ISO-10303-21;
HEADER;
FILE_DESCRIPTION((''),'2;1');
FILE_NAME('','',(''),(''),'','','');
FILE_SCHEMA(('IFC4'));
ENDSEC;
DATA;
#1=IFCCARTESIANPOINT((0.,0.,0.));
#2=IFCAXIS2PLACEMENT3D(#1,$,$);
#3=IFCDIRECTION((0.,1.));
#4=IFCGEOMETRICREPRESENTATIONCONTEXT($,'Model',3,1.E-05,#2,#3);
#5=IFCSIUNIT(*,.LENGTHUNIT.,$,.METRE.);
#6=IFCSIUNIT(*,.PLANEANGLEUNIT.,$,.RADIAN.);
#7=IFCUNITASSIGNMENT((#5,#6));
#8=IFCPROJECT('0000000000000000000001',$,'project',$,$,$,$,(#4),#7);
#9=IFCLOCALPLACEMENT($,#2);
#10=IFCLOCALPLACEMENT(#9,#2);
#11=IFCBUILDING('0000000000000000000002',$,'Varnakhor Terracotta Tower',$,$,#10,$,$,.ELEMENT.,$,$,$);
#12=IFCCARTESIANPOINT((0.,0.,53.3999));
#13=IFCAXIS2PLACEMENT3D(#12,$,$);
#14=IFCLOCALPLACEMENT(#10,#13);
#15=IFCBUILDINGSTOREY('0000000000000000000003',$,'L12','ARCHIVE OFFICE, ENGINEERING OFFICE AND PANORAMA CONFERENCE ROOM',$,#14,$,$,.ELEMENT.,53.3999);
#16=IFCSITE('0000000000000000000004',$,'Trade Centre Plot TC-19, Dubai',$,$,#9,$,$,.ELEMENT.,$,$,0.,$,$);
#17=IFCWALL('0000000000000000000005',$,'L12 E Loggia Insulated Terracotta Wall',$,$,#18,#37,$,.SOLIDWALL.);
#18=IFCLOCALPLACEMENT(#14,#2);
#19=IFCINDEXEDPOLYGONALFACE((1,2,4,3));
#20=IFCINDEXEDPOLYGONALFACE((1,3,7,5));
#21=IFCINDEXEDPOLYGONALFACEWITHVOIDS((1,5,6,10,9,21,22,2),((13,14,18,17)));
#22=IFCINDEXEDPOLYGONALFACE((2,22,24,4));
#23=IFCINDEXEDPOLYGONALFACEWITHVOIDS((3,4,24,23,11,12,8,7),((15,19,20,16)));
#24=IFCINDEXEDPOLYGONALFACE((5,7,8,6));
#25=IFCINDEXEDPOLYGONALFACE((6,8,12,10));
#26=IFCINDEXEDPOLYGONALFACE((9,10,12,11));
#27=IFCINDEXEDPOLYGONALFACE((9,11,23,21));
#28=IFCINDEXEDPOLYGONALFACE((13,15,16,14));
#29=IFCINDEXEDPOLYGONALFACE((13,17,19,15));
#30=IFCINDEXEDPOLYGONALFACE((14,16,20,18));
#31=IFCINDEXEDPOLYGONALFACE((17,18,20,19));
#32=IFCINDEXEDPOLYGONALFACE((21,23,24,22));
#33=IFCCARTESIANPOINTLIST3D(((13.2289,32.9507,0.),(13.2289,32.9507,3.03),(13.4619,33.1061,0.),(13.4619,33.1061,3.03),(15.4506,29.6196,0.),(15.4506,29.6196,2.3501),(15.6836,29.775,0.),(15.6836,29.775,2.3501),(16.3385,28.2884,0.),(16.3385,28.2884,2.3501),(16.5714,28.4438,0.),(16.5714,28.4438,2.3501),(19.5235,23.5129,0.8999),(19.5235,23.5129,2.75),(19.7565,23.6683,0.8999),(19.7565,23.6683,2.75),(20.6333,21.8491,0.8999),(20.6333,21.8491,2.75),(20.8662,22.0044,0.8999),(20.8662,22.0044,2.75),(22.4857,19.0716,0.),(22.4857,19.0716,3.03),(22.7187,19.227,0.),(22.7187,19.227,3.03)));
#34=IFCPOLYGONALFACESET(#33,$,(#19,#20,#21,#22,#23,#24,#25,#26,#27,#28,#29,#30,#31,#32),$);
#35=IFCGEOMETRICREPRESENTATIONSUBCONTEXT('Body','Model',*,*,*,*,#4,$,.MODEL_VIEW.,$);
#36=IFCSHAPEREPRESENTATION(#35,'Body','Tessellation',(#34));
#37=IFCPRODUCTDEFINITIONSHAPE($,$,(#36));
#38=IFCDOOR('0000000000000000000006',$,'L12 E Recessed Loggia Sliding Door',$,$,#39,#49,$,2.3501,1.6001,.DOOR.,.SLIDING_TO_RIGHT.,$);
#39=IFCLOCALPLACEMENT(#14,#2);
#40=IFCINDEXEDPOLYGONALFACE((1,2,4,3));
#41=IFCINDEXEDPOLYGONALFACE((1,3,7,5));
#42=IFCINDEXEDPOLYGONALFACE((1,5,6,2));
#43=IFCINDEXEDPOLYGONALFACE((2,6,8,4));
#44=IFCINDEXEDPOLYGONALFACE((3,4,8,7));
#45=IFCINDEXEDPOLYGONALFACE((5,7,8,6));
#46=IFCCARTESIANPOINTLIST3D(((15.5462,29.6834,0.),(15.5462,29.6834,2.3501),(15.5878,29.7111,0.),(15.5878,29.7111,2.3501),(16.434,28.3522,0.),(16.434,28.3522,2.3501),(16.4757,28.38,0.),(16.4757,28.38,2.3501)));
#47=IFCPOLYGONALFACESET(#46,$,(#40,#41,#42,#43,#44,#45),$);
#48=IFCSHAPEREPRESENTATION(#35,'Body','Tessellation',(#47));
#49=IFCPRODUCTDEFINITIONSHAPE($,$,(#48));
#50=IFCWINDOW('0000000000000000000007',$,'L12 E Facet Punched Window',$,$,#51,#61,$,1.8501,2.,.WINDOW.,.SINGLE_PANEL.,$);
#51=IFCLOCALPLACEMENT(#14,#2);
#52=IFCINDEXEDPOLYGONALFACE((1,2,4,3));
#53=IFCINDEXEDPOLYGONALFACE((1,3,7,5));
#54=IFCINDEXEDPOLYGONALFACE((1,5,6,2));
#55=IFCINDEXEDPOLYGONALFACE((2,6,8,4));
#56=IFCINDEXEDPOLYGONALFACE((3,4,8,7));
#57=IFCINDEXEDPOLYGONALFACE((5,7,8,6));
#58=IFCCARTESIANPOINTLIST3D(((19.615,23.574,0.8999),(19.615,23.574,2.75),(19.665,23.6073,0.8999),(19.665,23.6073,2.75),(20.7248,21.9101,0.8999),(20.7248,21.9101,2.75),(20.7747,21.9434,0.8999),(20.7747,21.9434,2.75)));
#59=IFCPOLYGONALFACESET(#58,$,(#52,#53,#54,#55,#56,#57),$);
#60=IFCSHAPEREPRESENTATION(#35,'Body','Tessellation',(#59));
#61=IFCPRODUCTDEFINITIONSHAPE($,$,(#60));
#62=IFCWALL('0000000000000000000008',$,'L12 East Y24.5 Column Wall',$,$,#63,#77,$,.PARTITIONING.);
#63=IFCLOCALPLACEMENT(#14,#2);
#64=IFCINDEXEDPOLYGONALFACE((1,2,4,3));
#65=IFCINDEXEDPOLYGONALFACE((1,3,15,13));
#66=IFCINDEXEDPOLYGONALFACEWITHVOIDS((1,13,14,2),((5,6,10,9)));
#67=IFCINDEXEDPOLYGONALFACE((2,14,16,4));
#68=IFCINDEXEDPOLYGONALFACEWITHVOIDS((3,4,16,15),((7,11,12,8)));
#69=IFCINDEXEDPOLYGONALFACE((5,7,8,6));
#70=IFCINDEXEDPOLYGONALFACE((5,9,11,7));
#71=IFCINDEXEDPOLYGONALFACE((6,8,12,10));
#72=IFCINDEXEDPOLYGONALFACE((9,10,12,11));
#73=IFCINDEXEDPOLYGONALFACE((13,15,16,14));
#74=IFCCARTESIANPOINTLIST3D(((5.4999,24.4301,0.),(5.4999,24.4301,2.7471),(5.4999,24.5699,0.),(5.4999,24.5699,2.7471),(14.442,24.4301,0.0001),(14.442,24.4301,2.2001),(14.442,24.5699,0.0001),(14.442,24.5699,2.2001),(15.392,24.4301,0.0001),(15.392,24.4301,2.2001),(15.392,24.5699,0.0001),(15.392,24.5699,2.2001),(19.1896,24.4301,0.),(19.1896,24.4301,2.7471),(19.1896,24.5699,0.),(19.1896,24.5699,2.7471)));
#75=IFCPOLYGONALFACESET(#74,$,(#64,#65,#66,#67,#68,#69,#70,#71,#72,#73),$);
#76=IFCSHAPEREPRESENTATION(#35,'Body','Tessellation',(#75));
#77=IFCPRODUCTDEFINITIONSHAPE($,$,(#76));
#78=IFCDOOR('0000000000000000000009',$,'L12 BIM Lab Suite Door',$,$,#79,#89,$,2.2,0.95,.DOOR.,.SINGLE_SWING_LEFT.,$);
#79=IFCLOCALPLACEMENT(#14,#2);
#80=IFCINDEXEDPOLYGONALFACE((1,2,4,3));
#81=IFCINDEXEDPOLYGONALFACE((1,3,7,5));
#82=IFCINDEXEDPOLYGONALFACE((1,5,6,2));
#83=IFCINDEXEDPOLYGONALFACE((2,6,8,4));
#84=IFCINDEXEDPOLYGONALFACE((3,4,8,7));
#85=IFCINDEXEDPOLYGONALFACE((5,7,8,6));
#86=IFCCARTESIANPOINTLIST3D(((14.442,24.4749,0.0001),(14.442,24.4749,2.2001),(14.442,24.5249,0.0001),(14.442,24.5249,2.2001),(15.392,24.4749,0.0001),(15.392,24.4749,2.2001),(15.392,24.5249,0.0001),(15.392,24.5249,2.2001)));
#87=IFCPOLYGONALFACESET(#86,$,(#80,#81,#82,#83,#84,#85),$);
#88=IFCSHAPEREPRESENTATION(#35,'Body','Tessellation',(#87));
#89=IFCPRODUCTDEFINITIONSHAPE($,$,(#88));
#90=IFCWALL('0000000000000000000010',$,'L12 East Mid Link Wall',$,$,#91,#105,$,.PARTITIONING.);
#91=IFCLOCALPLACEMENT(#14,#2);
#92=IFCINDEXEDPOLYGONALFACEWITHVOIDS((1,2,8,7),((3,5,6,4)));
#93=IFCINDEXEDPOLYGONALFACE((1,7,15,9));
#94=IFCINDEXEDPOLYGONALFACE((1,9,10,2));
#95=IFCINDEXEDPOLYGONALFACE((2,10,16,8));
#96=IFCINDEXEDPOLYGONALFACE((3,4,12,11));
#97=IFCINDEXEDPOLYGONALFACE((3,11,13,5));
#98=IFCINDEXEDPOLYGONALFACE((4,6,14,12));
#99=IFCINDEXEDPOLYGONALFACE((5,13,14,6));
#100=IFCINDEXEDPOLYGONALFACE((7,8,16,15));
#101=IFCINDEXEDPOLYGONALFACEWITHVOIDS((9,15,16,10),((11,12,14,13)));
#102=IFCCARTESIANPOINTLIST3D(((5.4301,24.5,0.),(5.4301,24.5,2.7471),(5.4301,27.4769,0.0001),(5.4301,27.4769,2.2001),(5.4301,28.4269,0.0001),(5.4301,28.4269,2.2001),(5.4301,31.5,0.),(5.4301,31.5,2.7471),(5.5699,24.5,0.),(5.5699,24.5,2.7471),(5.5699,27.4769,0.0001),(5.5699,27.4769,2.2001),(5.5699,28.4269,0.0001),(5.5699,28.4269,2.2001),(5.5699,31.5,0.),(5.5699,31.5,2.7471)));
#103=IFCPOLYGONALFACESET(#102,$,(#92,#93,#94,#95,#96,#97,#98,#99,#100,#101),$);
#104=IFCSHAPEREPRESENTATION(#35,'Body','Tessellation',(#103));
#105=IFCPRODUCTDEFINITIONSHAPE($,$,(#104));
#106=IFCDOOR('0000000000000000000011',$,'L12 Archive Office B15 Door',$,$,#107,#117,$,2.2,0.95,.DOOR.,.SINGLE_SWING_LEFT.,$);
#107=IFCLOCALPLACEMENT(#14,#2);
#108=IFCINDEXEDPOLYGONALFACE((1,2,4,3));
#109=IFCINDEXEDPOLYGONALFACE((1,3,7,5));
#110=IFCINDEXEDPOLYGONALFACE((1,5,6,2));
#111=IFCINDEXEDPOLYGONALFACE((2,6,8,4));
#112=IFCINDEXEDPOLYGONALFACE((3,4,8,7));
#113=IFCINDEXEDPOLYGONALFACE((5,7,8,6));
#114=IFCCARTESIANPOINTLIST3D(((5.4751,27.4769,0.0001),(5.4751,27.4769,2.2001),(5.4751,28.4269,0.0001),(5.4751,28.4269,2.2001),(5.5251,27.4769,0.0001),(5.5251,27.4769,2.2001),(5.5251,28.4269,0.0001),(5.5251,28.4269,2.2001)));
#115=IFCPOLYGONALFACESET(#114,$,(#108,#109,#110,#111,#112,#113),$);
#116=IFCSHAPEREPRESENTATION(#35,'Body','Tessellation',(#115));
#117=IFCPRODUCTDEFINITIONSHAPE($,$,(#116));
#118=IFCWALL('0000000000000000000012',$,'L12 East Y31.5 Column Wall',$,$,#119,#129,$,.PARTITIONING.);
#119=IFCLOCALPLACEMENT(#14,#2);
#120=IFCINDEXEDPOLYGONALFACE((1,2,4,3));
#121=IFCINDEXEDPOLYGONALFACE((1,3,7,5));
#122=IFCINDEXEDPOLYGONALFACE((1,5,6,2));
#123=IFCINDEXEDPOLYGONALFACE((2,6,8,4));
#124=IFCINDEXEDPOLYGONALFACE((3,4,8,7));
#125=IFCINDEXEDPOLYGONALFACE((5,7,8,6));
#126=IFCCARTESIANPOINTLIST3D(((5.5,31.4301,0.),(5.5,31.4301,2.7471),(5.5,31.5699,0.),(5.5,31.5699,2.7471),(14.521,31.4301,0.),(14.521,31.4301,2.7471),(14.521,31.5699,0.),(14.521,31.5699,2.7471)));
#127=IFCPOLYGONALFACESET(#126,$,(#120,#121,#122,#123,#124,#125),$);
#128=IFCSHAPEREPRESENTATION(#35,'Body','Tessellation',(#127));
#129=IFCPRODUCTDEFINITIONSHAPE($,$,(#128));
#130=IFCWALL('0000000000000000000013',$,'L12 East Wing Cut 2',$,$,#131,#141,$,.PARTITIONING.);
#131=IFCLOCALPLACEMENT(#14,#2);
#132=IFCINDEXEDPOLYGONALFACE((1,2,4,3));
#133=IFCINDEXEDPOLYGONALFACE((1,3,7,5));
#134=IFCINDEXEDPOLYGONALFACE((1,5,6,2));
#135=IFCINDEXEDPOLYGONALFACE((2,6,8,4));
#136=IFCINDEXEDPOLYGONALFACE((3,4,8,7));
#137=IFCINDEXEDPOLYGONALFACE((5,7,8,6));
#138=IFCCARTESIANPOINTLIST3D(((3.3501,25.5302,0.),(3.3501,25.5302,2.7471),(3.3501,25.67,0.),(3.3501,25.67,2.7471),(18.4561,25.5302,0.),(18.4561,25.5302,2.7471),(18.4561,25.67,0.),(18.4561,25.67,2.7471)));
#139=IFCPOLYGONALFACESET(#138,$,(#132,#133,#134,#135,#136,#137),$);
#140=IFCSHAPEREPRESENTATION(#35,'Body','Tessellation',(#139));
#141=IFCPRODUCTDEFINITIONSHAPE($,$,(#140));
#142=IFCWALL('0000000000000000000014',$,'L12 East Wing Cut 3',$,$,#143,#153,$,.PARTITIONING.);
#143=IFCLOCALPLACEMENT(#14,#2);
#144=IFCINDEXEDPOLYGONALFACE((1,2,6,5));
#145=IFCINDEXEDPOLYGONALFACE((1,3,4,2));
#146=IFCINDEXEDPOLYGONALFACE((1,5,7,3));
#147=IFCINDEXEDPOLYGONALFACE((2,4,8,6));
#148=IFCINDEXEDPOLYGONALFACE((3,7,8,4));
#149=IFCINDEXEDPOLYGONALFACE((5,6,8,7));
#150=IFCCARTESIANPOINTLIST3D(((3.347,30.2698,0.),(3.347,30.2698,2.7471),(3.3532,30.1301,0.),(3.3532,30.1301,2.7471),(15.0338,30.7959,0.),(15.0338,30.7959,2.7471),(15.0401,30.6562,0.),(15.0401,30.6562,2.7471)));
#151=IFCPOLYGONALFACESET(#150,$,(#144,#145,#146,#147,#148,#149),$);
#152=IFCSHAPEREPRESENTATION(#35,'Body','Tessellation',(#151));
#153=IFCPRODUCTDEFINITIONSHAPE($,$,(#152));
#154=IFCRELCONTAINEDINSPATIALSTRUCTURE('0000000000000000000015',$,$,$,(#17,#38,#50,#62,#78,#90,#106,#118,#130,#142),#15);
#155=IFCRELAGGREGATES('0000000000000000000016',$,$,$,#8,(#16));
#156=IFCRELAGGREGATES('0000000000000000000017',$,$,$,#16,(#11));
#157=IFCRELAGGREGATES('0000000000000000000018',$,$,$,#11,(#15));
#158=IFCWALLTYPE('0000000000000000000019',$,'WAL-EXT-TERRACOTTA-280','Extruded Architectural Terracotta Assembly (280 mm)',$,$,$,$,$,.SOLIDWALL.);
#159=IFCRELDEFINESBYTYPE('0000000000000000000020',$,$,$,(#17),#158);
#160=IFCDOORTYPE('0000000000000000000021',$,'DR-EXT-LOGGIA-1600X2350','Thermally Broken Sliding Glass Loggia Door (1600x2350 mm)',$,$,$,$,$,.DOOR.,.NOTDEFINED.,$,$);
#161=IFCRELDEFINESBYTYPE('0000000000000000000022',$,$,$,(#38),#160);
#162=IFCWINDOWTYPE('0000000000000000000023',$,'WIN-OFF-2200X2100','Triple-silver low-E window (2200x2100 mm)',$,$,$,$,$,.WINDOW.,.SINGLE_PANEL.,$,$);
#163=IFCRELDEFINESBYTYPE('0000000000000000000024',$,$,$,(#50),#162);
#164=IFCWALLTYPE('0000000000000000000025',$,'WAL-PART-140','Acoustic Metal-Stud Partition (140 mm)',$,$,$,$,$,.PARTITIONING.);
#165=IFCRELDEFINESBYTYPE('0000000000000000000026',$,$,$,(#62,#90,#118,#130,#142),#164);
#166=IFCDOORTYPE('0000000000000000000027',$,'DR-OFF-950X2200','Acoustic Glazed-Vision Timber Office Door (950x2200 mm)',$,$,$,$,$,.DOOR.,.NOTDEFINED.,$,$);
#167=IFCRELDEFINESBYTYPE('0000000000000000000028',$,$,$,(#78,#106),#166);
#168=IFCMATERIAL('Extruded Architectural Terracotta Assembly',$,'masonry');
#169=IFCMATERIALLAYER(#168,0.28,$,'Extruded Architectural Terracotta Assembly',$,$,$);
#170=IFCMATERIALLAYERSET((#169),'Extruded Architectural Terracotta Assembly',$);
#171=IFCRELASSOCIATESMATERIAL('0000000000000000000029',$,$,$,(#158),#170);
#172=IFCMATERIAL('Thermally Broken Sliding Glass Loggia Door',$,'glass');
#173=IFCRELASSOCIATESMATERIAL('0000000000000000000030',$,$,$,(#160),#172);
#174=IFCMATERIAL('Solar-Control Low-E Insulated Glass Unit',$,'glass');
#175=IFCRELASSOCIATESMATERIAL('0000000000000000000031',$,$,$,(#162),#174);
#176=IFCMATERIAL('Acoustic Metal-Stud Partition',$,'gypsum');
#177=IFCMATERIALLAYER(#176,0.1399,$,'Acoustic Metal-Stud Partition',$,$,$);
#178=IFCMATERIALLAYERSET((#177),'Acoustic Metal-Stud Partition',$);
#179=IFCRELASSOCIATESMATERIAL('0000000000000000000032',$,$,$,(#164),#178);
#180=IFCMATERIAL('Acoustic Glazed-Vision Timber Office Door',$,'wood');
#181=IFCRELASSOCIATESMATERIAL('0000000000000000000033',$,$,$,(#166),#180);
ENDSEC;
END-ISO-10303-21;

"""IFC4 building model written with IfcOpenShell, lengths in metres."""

from ifc_helpers import new_model, si_unit, direction, frame, frame_2d, origin, place, context, subcontext, project, spatial, rectangle, extrude, source, transform, mapped, material, layer, layer_set, type_object, type_shapes, element, fill, save


model = new_model("IFC4")

# Units and contexts
model_context = context("Model", 3, precision=1e-05, world=origin(), true_north=direction((0.0, 1.0)))
body_context = subcontext(model_context, "Body", "Model", "MODEL_VIEW")
ifc_project = project(units=[si_unit("LENGTHUNIT", "METRE"), si_unit("PLANEANGLEUNIT", "RADIAN")], contexts=[model_context])

# Site, building, storey
site_placement = place(None, origin())
site = spatial("IfcSite", under=ifc_project, at=site_placement, Name="Trade Centre Plot TC-19, Dubai", CompositionType="ELEMENT", RefElevation=0.0)
building_placement = place(site_placement, origin())
building = spatial("IfcBuilding", under=site, at=building_placement, Name="Varnakhor Terracotta Tower", CompositionType="ELEMENT")
storey_placement = place(building_placement, frame((0.0, 0.0, 53.3999)))
storey = spatial("IfcBuildingStorey", under=building, at=storey_placement, Name="L12", Description="ARCHIVE OFFICE, ENGINEERING OFFICE AND PANORAMA CONFERENCE ROOM", CompositionType="ELEMENT", Elevation=53.3999)

# Wall, openings, door, window
ifc_material_1 = material(Name="Extruded Architectural Terracotta Assembly", Category="masonry")
ifc_layer_1 = layer(ifc_material_1, 0.28, Name="Extruded Architectural Terracotta Assembly")
ifc_layer_set_1 = layer_set([ifc_layer_1], Name="Extruded Architectural Terracotta Assembly")
wall_type_1 = type_object("IfcWallType", Name="WAL-EXT-TERRACOTTA-280", Description="Extruded Architectural Terracotta Assembly (280 mm)", PredefinedType="SOLIDWALL", material=ifc_layer_set_1)
wall_1_placement = place(storey_placement, frame((13.3455, 33.0283, 0.0), z_axis=(0.0, 0.0, 1.0), x_axis=(0.554869, -0.831938, 0.0)))
wall_1 = element("IfcWall", 1, at=wall_1_placement, inside=storey, type_object=wall_type_1, Name="L12 E Loggia Insulated Terracotta Wall", PredefinedType="SOLIDWALL", context=body_context, shape_type="SweptSolid", body=[
    extrude(rectangle(XDim=16.6829, YDim=0.28, at=frame_2d((8.3413, 0.0))), origin(), (0.0, 0.0, 1.0), 3.03),
])
opening_1_placement = place(wall_1_placement, frame((4.0039, 0.0, 0.0)))
opening_1 = element("IfcOpeningElement", 2, at=opening_1_placement, cuts=wall_1, PredefinedType="OPENING", context=body_context, shape_type="SweptSolid", body=[
    extrude(rectangle(XDim=1.6001, YDim=2.3501, at=frame_2d((0.8, 1.175))), frame((0.0, 0.1499, 0.0), z_axis=(0.0, -1.0, 0.0), x_axis=(1.0, 0.0, 0.0)), (0.0, 0.0, 1.0), 0.3),
])
opening_2_placement = place(wall_1_placement, frame((11.3442, 0.0, 0.8999)))
opening_2 = element("IfcOpeningElement", 3, at=opening_2_placement, cuts=wall_1, PredefinedType="OPENING", context=body_context, shape_type="SweptSolid", body=[
    extrude(rectangle(XDim=2.0, YDim=1.8501, at=frame_2d((1.0, 0.925))), frame((0.0, 0.1499, 0.0), z_axis=(0.0, -1.0, 0.0), x_axis=(1.0, 0.0, 0.0)), (0.0, 0.0, 1.0), 0.3),
])
ifc_material_2 = material(Name="Thermally Broken Sliding Glass Loggia Door", Category="glass")
door_type_1 = type_object("IfcDoorType", Name="DR-EXT-LOGGIA-1600X2350", Description="Thermally Broken Sliding Glass Loggia Door (1600x2350 mm)", OperationType="NOTDEFINED", PredefinedType="DOOR", material=ifc_material_2)
shared_shape_1 = source(origin(), body_context, "Body", "SweptSolid", [
    extrude(rectangle(XDim=1.6001, YDim=2.3501, at=frame_2d((0.8, 1.175))), frame((0.0, 0.0249, 0.0), z_axis=(0.0, -1.0, 0.0), x_axis=(1.0, 0.0, 0.0)), (0.0, 0.0, 1.0), 0.05),
])
type_shapes(door_type_1, [shared_shape_1])
door_1_placement = place(opening_1_placement, origin())
door_1 = element("IfcDoor", 4, at=door_1_placement, inside=storey, type_object=door_type_1, Name="L12 E Recessed Loggia Sliding Door", OperationType="SLIDING_TO_RIGHT", OverallHeight=2.3501, OverallWidth=1.6001, PredefinedType="DOOR", context=body_context, shape_type="MappedRepresentation", body=[
    mapped(shared_shape_1, transform((0.0, 0.0, 0.0), scale=1.0)),
])
fill(opening_1, door_1)
ifc_material_3 = material(Name="Solar-Control Low-E Insulated Glass Unit", Category="glass")
window_type = type_object("IfcWindowType", Name="WIN-OFF-2200X2100", Description="Triple-silver low-E window (2200x2100 mm)", PartitioningType="SINGLE_PANEL", PredefinedType="WINDOW", material=ifc_material_3)
shared_shape_2 = source(origin(), body_context, "Body", "SweptSolid", [
    extrude(rectangle(XDim=2.0, YDim=1.8501, at=frame_2d((1.0, 0.925))), frame((0.0, 0.03, 0.0), z_axis=(0.0, -1.0, 0.0), x_axis=(1.0, 0.0, 0.0)), (0.0, 0.0, 1.0), 0.0601),
])
type_shapes(window_type, [shared_shape_2])
window_placement = place(opening_2_placement, origin())
window = element("IfcWindow", 5, at=window_placement, inside=storey, type_object=window_type, Name="L12 E Facet Punched Window", OverallHeight=1.8501, OverallWidth=2.0, PartitioningType="SINGLE_PANEL", PredefinedType="WINDOW", context=body_context, shape_type="MappedRepresentation", body=[
    mapped(shared_shape_2, transform((0.0, 0.0, 0.0), scale=1.0)),
])
fill(opening_2, window)

# Walls, openings, doors
ifc_material_4 = material(Name="Acoustic Metal-Stud Partition", Category="gypsum")
ifc_layer_2 = layer(ifc_material_4, 0.1399, Name="Acoustic Metal-Stud Partition")
ifc_layer_set_2 = layer_set([ifc_layer_2], Name="Acoustic Metal-Stud Partition")
wall_type_2 = type_object("IfcWallType", Name="WAL-PART-140", Description="Acoustic Metal-Stud Partition (140 mm)", PredefinedType="PARTITIONING", material=ifc_layer_set_2)
wall_2_placement = place(storey_placement, frame((5.5, 24.5, 0.0), z_axis=(0.0, 0.0, 1.0), x_axis=(1.0, 0.0, 0.0)))
wall_2 = element("IfcWall", 6, at=wall_2_placement, inside=storey, type_object=wall_type_2, Name="L12 East Y24.5 Column Wall", PredefinedType="PARTITIONING", context=body_context, shape_type="SweptSolid", body=[
    extrude(rectangle(XDim=13.6897, YDim=0.1399, at=frame_2d((6.8447, 0.0))), origin(), (0.0, 0.0, 1.0), 2.7471),
])
opening_3_placement = place(wall_2_placement, frame((8.9419, 0.0, 0.0)))
opening_3 = element("IfcOpeningElement", 7, at=opening_3_placement, cuts=wall_2, PredefinedType="OPENING", context=body_context, shape_type="SweptSolid", body=[
    extrude(rectangle(XDim=0.95, YDim=2.2, at=frame_2d((0.4751, 1.1001))), frame((0.0, 0.0801, 0.0), z_axis=(0.0, -1.0, 0.0), x_axis=(1.0, 0.0, 0.0)), (0.0, 0.0, 1.0), 0.1599),
])
ifc_material_5 = material(Name="Acoustic Glazed-Vision Timber Office Door", Category="wood")
door_type_2 = type_object("IfcDoorType", Name="DR-OFF-950X2200", Description="Acoustic Glazed-Vision Timber Office Door (950x2200 mm)", OperationType="NOTDEFINED", PredefinedType="DOOR", material=ifc_material_5)
shared_shape_3 = source(origin(), body_context, "Body", "SweptSolid", [
    extrude(rectangle(XDim=0.95, YDim=2.2, at=frame_2d((0.4751, 1.1001))), frame((0.0, 0.0249, 0.0), z_axis=(0.0, -1.0, 0.0), x_axis=(1.0, 0.0, 0.0)), (0.0, 0.0, 1.0), 0.05),
])
type_shapes(door_type_2, [shared_shape_3])
door_2_placement = place(opening_3_placement, origin())
door_2 = element("IfcDoor", 8, at=door_2_placement, inside=storey, type_object=door_type_2, Name="L12 BIM Lab Suite Door", OperationType="SINGLE_SWING_LEFT", OverallHeight=2.2, OverallWidth=0.95, PredefinedType="DOOR", context=body_context, shape_type="MappedRepresentation", body=[
    mapped(shared_shape_3, transform((0.0, 0.0, 0.0), scale=1.0)),
])
fill(opening_3, door_2)
wall_3_placement = place(storey_placement, frame((5.5, 24.5, 0.0), z_axis=(0.0, 0.0, 1.0), x_axis=(0.0, 1.0, 0.0)))
wall_3 = element("IfcWall", 9, at=wall_3_placement, inside=storey, type_object=wall_type_2, Name="L12 East Mid Link Wall", PredefinedType="PARTITIONING", context=body_context, shape_type="SweptSolid", body=[
    extrude(rectangle(XDim=7.0, YDim=0.1399, at=frame_2d((3.5, 0.0))), origin(), (0.0, 0.0, 1.0), 2.7471),
])
opening_4_placement = place(wall_3_placement, frame((2.9768, 0.0, 0.0)))
opening_4 = element("IfcOpeningElement", 10, at=opening_4_placement, cuts=wall_3, PredefinedType="OPENING", context=body_context, shape_type="SweptSolid", body=[
    extrude(rectangle(XDim=0.95, YDim=2.2, at=frame_2d((0.4751, 1.1001))), frame((0.0, 0.0801, 0.0), z_axis=(0.0, -1.0, 0.0), x_axis=(1.0, 0.0, 0.0)), (0.0, 0.0, 1.0), 0.1599),
])
door_3_placement = place(opening_4_placement, origin())
door_3 = element("IfcDoor", 11, at=door_3_placement, inside=storey, type_object=door_type_2, Name="L12 Archive Office B15 Door", OperationType="SINGLE_SWING_LEFT", OverallHeight=2.2, OverallWidth=0.95, PredefinedType="DOOR", context=body_context, shape_type="MappedRepresentation", body=[
    mapped(shared_shape_3, transform((0.0, 0.0, 0.0), scale=1.0)),
])
fill(opening_4, door_3)

# Walls
wall_4_placement = place(storey_placement, frame((5.5, 31.5, 0.0), z_axis=(0.0, 0.0, 1.0), x_axis=(1.0, 0.0, 0.0)))
element("IfcWall", 12, at=wall_4_placement, inside=storey, type_object=wall_type_2, Name="L12 East Y31.5 Column Wall", PredefinedType="PARTITIONING", context=body_context, shape_type="SweptSolid", body=[
    extrude(rectangle(XDim=9.021, YDim=0.1399, at=frame_2d((4.5105, 0.0))), origin(), (0.0, 0.0, 1.0), 2.7471),
])
wall_5_placement = place(storey_placement, frame((3.3501, 25.6001, 0.0), z_axis=(0.0, 0.0, 1.0), x_axis=(1.0, 0.0, 0.0)))
element("IfcWall", 13, at=wall_5_placement, inside=storey, type_object=wall_type_2, Name="L12 East Wing Cut 2", PredefinedType="PARTITIONING", context=body_context, shape_type="SweptSolid", body=[
    extrude(rectangle(XDim=15.106, YDim=0.1399, at=frame_2d((7.553, 0.0))), origin(), (0.0, 0.0, 1.0), 2.7471),
])
wall_6_placement = place(storey_placement, frame((3.3501, 30.2, 0.0), z_axis=(0.0, 0.0, 1.0), x_axis=(0.998988, 0.044972, 0.0)))
element("IfcWall", 14, at=wall_6_placement, inside=storey, type_object=wall_type_2, Name="L12 East Wing Cut 3", PredefinedType="PARTITIONING", context=body_context, shape_type="SweptSolid", body=[
    extrude(rectangle(XDim=11.6987, YDim=0.1399, at=frame_2d((5.8494, 0.0))), origin(), (0.0, 0.0, 1.0), 2.7471),
])

save(model, "model.ifc")
